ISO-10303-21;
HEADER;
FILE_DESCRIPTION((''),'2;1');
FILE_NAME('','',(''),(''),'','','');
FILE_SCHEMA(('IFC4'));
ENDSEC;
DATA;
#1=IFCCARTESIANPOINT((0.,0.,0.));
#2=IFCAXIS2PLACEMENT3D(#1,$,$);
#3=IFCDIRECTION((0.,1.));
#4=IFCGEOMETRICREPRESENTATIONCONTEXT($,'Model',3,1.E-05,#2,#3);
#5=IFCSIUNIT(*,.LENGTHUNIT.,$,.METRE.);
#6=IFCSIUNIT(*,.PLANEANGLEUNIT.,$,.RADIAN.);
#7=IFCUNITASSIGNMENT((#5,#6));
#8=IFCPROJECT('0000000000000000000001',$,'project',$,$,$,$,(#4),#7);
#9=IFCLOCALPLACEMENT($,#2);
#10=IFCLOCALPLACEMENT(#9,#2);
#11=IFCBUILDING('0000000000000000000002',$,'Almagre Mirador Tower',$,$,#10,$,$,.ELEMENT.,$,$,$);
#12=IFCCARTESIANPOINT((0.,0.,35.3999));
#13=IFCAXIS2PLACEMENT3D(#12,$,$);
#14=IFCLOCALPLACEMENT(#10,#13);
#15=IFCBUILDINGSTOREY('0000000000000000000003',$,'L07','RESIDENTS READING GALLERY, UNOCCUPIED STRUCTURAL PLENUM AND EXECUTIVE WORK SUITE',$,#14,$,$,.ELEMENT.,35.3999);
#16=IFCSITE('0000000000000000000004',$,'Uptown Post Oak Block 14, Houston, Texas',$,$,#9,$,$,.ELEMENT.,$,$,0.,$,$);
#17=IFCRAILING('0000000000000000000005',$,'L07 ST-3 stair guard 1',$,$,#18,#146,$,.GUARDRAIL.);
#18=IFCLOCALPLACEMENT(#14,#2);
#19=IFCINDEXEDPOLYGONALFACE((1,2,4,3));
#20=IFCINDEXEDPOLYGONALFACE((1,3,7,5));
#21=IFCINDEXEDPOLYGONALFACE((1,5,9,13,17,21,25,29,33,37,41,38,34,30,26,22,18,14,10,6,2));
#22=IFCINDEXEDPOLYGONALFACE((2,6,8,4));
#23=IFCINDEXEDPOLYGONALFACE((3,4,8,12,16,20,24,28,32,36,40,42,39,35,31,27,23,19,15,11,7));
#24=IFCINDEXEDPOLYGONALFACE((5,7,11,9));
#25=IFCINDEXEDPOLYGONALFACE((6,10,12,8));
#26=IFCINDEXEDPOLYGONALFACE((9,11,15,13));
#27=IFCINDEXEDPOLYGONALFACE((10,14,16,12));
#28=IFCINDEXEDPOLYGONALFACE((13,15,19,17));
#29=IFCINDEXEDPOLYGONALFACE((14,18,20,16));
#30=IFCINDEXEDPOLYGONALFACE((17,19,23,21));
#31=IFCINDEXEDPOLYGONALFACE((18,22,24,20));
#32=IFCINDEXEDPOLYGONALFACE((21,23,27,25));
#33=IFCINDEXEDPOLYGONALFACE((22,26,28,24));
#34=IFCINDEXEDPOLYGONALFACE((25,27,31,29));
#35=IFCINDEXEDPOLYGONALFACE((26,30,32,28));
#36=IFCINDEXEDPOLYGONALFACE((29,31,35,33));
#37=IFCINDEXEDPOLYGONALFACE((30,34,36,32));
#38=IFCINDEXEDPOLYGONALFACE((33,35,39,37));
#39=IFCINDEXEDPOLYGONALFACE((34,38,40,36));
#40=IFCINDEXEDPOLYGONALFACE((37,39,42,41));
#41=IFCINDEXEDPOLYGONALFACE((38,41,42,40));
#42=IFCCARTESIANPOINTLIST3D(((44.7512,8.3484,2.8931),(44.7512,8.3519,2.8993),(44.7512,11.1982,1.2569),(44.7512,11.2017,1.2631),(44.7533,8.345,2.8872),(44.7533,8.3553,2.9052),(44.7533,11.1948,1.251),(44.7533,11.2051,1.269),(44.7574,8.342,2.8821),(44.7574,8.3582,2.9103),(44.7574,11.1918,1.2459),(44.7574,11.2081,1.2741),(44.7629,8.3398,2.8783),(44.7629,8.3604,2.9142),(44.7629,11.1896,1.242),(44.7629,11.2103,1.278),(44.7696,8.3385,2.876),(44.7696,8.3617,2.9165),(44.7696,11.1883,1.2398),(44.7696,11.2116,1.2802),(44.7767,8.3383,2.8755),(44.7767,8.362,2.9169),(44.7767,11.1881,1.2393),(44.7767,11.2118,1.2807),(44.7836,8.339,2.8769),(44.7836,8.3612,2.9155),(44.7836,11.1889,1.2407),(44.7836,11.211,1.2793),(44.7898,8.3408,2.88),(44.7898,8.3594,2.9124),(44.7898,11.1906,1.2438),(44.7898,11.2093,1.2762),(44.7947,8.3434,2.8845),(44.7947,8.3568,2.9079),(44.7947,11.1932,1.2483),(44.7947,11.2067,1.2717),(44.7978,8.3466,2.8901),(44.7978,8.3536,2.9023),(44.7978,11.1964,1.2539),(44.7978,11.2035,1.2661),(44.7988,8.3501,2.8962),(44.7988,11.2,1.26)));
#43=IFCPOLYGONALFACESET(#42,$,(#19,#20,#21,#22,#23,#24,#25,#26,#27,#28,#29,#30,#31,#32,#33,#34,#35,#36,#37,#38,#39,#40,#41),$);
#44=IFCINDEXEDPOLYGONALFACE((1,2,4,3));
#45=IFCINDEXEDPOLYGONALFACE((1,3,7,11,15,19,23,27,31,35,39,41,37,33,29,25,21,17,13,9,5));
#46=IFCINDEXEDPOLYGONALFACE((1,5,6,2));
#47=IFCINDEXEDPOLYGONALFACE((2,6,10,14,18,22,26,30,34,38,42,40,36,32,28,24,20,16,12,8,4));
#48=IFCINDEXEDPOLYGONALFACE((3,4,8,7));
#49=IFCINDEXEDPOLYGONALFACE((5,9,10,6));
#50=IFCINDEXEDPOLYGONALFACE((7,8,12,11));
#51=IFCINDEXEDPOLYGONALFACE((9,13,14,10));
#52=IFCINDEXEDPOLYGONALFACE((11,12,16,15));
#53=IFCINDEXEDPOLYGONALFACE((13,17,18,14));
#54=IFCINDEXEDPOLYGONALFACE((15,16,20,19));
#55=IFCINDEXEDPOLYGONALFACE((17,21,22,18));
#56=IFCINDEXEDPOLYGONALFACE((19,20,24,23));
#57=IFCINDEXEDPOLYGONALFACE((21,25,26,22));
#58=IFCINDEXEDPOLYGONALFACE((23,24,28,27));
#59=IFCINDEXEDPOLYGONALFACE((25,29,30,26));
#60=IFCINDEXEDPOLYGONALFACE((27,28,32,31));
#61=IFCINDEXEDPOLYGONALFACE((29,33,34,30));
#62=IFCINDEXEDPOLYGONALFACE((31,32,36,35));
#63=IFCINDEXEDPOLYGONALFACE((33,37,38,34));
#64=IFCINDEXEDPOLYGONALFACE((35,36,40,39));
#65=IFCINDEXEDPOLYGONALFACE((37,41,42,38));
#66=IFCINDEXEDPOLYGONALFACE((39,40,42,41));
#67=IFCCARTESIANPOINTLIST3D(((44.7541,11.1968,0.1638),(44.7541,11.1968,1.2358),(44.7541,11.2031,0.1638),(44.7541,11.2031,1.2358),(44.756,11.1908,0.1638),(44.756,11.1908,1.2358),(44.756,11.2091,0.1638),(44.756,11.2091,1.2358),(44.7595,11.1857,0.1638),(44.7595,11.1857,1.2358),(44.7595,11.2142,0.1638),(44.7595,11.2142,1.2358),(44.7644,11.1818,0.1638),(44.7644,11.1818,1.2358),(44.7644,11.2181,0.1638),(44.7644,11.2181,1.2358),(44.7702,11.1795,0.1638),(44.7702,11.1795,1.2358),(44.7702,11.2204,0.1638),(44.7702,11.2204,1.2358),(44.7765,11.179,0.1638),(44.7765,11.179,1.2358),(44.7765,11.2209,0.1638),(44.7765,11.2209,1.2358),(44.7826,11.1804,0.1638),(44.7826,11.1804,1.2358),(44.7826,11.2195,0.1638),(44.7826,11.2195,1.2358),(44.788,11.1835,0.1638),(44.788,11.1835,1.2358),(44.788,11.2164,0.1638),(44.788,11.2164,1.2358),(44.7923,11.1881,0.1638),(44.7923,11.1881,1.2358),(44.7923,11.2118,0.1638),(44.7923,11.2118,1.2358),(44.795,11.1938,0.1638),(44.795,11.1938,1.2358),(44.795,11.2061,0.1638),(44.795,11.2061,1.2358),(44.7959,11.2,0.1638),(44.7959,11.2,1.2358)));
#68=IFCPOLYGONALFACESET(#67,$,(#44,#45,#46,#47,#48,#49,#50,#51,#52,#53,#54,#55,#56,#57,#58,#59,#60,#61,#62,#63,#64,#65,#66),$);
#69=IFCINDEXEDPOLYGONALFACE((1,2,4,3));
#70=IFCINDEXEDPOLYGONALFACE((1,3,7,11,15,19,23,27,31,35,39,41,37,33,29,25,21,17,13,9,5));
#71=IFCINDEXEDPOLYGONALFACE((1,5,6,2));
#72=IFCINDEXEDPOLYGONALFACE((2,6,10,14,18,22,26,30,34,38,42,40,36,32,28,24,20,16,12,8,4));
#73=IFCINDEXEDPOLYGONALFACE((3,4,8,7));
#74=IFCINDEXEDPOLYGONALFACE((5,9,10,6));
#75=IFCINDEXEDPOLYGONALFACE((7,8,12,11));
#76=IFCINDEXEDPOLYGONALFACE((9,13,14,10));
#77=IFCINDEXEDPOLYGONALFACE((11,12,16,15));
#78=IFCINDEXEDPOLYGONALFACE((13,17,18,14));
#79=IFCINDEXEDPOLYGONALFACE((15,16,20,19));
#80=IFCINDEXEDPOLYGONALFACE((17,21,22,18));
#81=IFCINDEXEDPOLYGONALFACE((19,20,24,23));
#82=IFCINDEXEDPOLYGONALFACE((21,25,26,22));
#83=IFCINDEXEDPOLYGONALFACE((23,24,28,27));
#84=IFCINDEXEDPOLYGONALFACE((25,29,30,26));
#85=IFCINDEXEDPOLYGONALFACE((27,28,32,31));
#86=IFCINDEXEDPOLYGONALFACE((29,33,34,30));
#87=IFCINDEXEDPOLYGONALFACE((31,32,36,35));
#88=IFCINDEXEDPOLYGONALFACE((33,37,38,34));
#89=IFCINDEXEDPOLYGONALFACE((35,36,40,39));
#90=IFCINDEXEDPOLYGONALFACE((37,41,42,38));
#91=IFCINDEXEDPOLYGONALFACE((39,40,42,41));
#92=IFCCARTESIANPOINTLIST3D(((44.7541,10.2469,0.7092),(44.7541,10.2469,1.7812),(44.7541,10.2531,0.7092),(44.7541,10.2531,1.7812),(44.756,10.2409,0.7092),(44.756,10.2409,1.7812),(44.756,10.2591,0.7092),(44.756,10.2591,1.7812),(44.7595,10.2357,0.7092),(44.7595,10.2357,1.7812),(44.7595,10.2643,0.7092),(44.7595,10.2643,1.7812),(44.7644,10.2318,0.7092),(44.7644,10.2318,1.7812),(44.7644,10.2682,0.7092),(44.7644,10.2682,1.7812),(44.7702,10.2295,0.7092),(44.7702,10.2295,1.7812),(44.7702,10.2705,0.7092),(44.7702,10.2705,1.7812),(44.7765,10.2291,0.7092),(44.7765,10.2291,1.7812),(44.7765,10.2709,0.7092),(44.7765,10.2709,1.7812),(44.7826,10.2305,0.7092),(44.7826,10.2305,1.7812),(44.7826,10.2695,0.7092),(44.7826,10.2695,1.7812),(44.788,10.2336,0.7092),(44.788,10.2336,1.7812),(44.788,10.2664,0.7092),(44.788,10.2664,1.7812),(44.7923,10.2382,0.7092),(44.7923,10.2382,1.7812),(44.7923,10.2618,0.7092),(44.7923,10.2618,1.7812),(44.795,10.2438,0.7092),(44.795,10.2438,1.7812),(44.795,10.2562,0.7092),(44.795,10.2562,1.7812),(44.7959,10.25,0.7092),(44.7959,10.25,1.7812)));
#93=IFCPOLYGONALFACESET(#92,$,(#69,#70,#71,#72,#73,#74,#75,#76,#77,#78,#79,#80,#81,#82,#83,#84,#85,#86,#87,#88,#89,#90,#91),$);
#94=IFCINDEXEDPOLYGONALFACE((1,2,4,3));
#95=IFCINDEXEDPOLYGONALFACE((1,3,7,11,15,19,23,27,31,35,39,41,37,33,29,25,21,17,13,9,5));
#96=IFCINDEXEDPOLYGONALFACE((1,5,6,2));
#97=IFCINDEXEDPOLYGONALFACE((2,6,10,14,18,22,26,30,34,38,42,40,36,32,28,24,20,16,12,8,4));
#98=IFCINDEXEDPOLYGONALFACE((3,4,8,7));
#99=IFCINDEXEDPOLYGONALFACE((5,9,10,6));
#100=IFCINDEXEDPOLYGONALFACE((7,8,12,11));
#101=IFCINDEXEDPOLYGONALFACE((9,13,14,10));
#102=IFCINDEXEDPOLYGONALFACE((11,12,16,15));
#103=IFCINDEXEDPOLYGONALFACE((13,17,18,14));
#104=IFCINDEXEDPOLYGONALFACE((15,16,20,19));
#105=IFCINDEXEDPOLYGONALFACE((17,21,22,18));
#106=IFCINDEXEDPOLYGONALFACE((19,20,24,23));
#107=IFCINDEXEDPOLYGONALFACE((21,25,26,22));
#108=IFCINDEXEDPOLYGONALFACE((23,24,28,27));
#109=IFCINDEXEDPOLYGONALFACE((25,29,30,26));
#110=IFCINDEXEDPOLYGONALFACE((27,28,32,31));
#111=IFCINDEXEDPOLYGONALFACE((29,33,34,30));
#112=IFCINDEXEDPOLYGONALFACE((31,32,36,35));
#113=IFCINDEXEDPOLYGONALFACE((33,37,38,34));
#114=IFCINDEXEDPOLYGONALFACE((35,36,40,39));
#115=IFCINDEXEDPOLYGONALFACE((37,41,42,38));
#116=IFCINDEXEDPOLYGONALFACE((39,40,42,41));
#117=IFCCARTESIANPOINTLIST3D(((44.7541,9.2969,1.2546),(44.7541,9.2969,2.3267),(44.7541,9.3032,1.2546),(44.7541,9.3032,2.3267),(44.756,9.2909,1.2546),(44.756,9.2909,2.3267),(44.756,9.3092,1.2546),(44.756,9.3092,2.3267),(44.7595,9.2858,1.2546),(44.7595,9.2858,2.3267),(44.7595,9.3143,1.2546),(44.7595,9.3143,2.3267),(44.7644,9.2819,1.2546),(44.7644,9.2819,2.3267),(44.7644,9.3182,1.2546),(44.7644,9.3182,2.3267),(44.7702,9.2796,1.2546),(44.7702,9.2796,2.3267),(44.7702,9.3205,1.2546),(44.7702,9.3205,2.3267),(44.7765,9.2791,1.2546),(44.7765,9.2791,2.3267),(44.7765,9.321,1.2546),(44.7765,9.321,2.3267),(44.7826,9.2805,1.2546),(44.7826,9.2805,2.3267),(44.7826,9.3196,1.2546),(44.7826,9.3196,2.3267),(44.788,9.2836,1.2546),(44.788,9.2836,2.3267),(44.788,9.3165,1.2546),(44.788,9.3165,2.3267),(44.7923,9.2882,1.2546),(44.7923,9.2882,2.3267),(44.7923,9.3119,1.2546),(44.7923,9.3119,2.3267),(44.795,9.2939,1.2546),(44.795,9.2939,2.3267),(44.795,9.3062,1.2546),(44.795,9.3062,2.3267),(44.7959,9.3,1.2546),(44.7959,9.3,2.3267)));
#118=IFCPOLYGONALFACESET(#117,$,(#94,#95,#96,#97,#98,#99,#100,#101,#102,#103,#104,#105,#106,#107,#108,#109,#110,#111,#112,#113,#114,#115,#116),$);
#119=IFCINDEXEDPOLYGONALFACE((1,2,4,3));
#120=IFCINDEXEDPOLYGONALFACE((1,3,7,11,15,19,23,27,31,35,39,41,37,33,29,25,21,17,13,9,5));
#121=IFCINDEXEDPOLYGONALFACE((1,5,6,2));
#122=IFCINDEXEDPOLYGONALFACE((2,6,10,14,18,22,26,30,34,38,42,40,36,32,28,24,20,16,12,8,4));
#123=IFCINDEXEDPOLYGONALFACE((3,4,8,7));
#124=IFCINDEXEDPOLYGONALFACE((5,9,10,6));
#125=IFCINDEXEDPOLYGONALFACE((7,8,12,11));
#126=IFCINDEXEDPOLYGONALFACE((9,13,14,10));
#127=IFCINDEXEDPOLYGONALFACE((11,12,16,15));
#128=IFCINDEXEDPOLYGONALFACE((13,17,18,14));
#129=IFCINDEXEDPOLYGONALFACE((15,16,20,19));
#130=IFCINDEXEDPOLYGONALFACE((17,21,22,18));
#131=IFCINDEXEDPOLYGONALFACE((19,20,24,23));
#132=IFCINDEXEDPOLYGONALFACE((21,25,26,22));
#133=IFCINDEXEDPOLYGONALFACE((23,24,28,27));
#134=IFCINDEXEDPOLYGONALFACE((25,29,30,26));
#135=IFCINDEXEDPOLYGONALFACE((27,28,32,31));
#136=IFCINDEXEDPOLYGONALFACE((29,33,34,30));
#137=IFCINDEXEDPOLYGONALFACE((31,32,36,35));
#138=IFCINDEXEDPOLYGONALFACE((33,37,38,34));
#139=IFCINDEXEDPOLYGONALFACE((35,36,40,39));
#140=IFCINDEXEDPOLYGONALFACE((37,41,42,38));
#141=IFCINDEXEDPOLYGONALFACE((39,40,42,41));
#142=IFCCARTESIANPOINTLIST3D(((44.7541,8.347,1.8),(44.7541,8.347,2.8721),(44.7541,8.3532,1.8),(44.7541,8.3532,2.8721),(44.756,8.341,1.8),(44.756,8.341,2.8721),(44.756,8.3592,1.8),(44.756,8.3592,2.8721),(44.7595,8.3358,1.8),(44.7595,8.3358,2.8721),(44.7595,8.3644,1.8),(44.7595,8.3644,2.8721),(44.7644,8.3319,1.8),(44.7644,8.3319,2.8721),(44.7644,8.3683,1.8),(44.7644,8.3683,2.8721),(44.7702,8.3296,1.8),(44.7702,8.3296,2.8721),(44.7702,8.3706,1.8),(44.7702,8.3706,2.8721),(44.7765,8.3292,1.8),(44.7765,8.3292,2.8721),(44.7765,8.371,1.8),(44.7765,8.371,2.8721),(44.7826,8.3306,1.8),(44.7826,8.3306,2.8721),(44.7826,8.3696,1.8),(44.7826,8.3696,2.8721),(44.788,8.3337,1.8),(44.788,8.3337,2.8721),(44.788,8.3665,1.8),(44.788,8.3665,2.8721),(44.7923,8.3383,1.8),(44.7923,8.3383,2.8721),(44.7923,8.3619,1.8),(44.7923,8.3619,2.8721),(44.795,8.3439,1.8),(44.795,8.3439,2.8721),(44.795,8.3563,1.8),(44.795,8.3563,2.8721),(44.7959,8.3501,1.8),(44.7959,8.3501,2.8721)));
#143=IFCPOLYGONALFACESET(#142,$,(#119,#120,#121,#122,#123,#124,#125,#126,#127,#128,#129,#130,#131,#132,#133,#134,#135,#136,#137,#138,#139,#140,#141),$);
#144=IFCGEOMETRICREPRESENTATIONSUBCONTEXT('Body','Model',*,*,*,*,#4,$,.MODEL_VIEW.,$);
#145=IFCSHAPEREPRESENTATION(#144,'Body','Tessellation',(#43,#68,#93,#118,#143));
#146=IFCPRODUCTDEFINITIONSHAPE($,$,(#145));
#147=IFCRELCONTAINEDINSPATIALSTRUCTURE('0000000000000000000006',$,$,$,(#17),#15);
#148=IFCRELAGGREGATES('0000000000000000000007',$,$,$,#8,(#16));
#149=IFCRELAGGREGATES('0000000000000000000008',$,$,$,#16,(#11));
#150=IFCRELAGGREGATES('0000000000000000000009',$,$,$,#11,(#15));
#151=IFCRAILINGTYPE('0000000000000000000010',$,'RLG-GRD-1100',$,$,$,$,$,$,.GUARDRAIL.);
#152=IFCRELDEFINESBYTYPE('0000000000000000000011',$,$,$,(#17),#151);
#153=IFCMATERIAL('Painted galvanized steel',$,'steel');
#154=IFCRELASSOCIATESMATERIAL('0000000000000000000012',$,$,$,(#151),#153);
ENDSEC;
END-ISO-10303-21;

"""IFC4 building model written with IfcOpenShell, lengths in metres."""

from ifc_helpers import new_model, si_unit, direction, frame, origin, origin_2d, place, context, subcontext, project, spatial, circle, extrude, material, type_object, element, save


model = new_model("IFC4")

# Units and contexts
model_context = context("Model", 3, precision=1e-05, world=origin(), true_north=direction((0.0, 1.0)))
body_context = subcontext(model_context, "Body", "Model", "MODEL_VIEW")
ifc_project = project(units=[si_unit("LENGTHUNIT", "METRE"), si_unit("PLANEANGLEUNIT", "RADIAN")], contexts=[model_context])

# Site, building, storey
site_placement = place(None, origin())
site = spatial("IfcSite", under=ifc_project, at=site_placement, Name="Uptown Post Oak Block 14, Houston, Texas", CompositionType="ELEMENT", RefElevation=0.0)
building_placement = place(site_placement, origin())
building = spatial("IfcBuilding", under=site, at=building_placement, Name="Almagre Mirador Tower", CompositionType="ELEMENT")
storey_placement = place(building_placement, frame((0.0, 0.0, 35.3999)))
storey = spatial("IfcBuildingStorey", under=building, at=storey_placement, Name="L07", Description="RESIDENTS READING GALLERY, UNOCCUPIED STRUCTURAL PLENUM AND EXECUTIVE WORK SUITE", CompositionType="ELEMENT", Elevation=35.3999)

# Railing
ifc_material_1 = material(Name="Painted galvanized steel", Category="steel")
railing_type_1 = type_object("IfcRailingType", Name="RLG-GRD-1100", PredefinedType="GUARDRAIL", material=ifc_material_1)
railing_1_placement = place(storey_placement, frame((44.7749, 11.2, 0.1638)))
element("IfcRailing", 1, at=railing_1_placement, inside=storey, type_object=railing_type_1, Name="L07 ST-3 stair guard 1", PredefinedType="GUARDRAIL", context=body_context, shape_type="SweptSolid", body=[
    extrude(circle(Radius=0.0239, at=origin_2d()), frame((0.0, 0.0, 1.0962), z_axis=(0.0, -0.867226, 0.497914), x_axis=(1.0, 0.0, 0.0)), (0.0, 0.0, 1.0), 3.2861),
    extrude(circle(Radius=0.021, at=origin_2d()), origin(), (0.0, 0.0, 1.0), 1.072),
    extrude(circle(Radius=0.021, at=origin_2d()), frame((0.0, -0.95, 0.5454)), (0.0, 0.0, 1.0), 1.072),
    extrude(circle(Radius=0.021, at=origin_2d()), frame((0.0, -1.8999, 1.0908)), (0.0, 0.0, 1.0), 1.072),
    extrude(circle(Radius=0.021, at=origin_2d()), frame((0.0, -2.8499, 1.6362)), (0.0, 0.0, 1.0), 1.072),
])

save(model, "model.ifc")
